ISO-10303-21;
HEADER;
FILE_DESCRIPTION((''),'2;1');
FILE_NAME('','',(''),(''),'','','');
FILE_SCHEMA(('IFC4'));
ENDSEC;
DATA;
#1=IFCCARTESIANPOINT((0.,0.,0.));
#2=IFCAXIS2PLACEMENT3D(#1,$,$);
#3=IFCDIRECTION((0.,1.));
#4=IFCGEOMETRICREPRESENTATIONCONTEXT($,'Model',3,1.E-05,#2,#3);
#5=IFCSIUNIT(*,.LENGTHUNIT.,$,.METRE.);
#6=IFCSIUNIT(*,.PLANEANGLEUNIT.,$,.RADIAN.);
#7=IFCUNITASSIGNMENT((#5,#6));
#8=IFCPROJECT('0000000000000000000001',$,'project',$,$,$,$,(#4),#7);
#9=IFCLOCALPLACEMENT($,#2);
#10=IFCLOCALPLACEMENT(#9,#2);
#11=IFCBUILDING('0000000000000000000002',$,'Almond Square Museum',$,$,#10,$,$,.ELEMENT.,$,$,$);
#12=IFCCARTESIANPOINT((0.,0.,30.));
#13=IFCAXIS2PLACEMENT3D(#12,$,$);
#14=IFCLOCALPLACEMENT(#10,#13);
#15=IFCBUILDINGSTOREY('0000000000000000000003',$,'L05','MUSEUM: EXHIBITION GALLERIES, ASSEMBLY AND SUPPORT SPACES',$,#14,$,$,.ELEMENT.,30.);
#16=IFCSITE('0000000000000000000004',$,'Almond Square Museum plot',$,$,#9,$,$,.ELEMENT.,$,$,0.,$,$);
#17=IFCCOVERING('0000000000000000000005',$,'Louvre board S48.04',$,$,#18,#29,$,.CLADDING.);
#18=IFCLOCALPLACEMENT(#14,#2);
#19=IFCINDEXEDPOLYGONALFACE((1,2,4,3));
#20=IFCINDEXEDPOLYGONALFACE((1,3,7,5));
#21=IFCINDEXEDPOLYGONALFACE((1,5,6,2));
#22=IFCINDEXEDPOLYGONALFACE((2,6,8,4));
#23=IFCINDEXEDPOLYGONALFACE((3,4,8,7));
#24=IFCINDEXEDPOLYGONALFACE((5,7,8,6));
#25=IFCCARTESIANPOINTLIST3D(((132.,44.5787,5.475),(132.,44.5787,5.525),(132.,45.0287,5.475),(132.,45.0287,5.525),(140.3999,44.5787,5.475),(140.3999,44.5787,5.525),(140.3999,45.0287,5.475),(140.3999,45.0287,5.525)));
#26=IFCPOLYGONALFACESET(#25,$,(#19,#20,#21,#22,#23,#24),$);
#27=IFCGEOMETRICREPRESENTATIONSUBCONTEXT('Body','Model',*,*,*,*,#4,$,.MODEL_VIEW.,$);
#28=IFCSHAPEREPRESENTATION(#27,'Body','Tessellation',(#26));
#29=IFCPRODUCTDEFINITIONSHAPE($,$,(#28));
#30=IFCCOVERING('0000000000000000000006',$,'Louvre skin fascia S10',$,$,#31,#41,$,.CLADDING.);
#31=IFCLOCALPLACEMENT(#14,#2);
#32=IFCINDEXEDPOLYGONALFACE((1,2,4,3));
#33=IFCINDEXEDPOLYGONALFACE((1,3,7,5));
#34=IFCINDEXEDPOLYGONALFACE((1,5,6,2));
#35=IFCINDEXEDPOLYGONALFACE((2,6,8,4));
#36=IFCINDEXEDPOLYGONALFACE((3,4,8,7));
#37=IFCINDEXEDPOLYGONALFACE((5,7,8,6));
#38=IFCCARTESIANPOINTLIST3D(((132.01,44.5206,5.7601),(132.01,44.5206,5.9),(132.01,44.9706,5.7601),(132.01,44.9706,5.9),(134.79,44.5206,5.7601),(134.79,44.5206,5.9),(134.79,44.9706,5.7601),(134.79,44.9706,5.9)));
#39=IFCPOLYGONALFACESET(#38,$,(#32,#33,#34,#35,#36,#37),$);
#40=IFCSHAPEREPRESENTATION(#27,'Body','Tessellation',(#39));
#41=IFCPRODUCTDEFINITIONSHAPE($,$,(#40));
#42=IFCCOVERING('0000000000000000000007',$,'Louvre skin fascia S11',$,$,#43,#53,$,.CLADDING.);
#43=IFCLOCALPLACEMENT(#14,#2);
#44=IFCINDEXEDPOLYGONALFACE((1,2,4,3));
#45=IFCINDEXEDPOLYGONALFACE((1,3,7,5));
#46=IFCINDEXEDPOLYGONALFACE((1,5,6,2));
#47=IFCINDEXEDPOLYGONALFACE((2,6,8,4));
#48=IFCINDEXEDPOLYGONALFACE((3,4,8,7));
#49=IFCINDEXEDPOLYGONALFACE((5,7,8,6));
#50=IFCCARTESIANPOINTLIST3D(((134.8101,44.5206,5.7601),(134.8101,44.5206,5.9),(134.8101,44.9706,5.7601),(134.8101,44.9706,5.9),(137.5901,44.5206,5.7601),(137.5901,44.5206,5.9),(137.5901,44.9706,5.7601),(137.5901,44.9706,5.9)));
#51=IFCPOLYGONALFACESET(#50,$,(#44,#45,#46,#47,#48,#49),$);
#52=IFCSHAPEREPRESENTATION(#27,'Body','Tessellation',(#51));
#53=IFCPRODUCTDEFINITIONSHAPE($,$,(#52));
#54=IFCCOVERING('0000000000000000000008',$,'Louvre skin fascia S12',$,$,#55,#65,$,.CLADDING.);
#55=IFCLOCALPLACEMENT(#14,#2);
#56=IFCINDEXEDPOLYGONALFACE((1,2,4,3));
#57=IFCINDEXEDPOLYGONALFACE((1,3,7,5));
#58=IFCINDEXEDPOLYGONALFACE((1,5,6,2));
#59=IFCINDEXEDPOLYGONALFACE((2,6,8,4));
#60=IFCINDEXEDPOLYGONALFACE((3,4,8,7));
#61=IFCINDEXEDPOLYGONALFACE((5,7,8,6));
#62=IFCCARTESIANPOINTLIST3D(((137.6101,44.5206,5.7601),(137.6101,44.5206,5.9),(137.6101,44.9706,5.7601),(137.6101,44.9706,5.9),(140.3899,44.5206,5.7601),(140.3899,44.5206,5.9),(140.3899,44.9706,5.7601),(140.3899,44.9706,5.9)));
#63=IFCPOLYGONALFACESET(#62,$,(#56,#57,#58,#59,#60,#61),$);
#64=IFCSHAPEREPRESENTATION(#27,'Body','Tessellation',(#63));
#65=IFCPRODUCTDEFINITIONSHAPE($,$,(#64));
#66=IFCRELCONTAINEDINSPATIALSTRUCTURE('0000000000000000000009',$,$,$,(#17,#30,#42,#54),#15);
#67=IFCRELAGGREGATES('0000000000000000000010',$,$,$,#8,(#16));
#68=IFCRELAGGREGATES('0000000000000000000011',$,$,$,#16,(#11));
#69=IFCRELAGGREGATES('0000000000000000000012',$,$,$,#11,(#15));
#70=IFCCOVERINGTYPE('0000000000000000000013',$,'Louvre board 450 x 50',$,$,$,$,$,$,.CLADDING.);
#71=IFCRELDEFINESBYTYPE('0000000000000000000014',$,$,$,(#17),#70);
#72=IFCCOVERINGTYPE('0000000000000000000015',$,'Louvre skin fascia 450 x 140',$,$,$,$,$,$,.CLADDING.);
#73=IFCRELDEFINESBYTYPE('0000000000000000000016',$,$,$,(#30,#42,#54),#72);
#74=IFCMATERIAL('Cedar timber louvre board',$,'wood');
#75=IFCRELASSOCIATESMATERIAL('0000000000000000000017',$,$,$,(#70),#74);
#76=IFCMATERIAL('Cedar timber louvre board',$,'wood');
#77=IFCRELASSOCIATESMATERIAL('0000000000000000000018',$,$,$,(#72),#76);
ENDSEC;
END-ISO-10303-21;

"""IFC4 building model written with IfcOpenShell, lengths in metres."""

from ifc_helpers import new_model, si_unit, direction, frame, origin, origin_2d, place, context, subcontext, project, spatial, rectangle, extrude, material, material_profile, profile_set, type_object, element, save


model = new_model("IFC4")

# Units and contexts
model_context = context("Model", 3, precision=1e-05, world=origin(), true_north=direction((0.0, 1.0)))
body_context = subcontext(model_context, "Body", "Model", "MODEL_VIEW")
ifc_project = project(units=[si_unit("LENGTHUNIT", "METRE"), si_unit("PLANEANGLEUNIT", "RADIAN")], contexts=[model_context])

# Site, building, storey
site_placement = place(None, origin())
site = spatial("IfcSite", under=ifc_project, at=site_placement, Name="Almond Square Museum plot", CompositionType="ELEMENT", RefElevation=0.0)
building_placement = place(site_placement, origin())
building = spatial("IfcBuilding", under=site, at=building_placement, Name="Almond Square Museum", CompositionType="ELEMENT")
storey_placement = place(building_placement, frame((0.0, 0.0, 30.0)))
storey = spatial("IfcBuildingStorey", under=building, at=storey_placement, Name="L05", Description="MUSEUM: EXHIBITION GALLERIES, ASSEMBLY AND SUPPORT SPACES", CompositionType="ELEMENT", Elevation=30.0)

# Coverings
ifc_material_1 = material(Name="Cedar timber louvre board", Category="wood")
ifc_material_profile_1 = material_profile(ifc_material_1, rectangle(XDim=0.45, YDim=0.05, at=origin_2d()))
ifc_profile_set_1 = profile_set([ifc_material_profile_1], Name="Cedar timber louvre board")
covering_type_1 = type_object("IfcCoveringType", Name="Louvre board 450 x 50", PredefinedType="CLADDING", material=ifc_profile_set_1)
for number, where, z_axis, x_axis, name in (
    (1, (132.0, 44.8037, 5.5), (1.0, 0.0, 0.0), (0.0, 1.0, 0.0), "Louvre board S48.04"),
):
    element("IfcCovering", number, at=place(storey_placement, frame(where, z_axis=z_axis, x_axis=x_axis)), inside=storey, type_object=covering_type_1, Name=name, PredefinedType="CLADDING", context=body_context, shape_type="SweptSolid", body=[
        extrude(rectangle(XDim=0.45, YDim=0.05, at=origin_2d()), origin(), (0.0, 0.0, 1.0), 8.3999),
    ])
ifc_material_2 = material(Name="Cedar timber louvre board", Category="wood")
ifc_material_profile_2 = material_profile(ifc_material_2, rectangle(XDim=0.45, YDim=0.1399, at=origin_2d()))
ifc_profile_set_2 = profile_set([ifc_material_profile_2], Name="Cedar timber louvre board")
covering_type_2 = type_object("IfcCoveringType", Name="Louvre skin fascia 450 x 140", PredefinedType="CLADDING", material=ifc_profile_set_2)
for number, where, z_axis, x_axis, name in (
    (2, (132.01, 44.7456, 5.8301), (1.0, 0.0, 0.0), (0.0, 1.0, 0.0), "Louvre skin fascia S10"),
    (3, (134.8101, 44.7456, 5.8301), (1.0, 0.0, 0.0), (0.0, 1.0, 0.0), "Louvre skin fascia S11"),
):
    element("IfcCovering", number, at=place(storey_placement, frame(where, z_axis=z_axis, x_axis=x_axis)), inside=storey, type_object=covering_type_2, Name=name, PredefinedType="CLADDING", context=body_context, shape_type="SweptSolid", body=[
        extrude(rectangle(XDim=0.45, YDim=0.1399, at=origin_2d()), origin(), (0.0, 0.0, 1.0), 2.78),
    ])
covering_placement = place(storey_placement, frame((137.6101, 44.7456, 5.8301), z_axis=(1.0, 0.0, 0.0), x_axis=(0.0, 1.0, 0.0)))
element("IfcCovering", 4, at=covering_placement, inside=storey, type_object=covering_type_2, Name="Louvre skin fascia S12", PredefinedType="CLADDING", context=body_context, shape_type="SweptSolid", body=[
    extrude(rectangle(XDim=0.45, YDim=0.1399, at=origin_2d()), origin(), (0.0, 0.0, 1.0), 2.7798),
])

save(model, "model.ifc")
